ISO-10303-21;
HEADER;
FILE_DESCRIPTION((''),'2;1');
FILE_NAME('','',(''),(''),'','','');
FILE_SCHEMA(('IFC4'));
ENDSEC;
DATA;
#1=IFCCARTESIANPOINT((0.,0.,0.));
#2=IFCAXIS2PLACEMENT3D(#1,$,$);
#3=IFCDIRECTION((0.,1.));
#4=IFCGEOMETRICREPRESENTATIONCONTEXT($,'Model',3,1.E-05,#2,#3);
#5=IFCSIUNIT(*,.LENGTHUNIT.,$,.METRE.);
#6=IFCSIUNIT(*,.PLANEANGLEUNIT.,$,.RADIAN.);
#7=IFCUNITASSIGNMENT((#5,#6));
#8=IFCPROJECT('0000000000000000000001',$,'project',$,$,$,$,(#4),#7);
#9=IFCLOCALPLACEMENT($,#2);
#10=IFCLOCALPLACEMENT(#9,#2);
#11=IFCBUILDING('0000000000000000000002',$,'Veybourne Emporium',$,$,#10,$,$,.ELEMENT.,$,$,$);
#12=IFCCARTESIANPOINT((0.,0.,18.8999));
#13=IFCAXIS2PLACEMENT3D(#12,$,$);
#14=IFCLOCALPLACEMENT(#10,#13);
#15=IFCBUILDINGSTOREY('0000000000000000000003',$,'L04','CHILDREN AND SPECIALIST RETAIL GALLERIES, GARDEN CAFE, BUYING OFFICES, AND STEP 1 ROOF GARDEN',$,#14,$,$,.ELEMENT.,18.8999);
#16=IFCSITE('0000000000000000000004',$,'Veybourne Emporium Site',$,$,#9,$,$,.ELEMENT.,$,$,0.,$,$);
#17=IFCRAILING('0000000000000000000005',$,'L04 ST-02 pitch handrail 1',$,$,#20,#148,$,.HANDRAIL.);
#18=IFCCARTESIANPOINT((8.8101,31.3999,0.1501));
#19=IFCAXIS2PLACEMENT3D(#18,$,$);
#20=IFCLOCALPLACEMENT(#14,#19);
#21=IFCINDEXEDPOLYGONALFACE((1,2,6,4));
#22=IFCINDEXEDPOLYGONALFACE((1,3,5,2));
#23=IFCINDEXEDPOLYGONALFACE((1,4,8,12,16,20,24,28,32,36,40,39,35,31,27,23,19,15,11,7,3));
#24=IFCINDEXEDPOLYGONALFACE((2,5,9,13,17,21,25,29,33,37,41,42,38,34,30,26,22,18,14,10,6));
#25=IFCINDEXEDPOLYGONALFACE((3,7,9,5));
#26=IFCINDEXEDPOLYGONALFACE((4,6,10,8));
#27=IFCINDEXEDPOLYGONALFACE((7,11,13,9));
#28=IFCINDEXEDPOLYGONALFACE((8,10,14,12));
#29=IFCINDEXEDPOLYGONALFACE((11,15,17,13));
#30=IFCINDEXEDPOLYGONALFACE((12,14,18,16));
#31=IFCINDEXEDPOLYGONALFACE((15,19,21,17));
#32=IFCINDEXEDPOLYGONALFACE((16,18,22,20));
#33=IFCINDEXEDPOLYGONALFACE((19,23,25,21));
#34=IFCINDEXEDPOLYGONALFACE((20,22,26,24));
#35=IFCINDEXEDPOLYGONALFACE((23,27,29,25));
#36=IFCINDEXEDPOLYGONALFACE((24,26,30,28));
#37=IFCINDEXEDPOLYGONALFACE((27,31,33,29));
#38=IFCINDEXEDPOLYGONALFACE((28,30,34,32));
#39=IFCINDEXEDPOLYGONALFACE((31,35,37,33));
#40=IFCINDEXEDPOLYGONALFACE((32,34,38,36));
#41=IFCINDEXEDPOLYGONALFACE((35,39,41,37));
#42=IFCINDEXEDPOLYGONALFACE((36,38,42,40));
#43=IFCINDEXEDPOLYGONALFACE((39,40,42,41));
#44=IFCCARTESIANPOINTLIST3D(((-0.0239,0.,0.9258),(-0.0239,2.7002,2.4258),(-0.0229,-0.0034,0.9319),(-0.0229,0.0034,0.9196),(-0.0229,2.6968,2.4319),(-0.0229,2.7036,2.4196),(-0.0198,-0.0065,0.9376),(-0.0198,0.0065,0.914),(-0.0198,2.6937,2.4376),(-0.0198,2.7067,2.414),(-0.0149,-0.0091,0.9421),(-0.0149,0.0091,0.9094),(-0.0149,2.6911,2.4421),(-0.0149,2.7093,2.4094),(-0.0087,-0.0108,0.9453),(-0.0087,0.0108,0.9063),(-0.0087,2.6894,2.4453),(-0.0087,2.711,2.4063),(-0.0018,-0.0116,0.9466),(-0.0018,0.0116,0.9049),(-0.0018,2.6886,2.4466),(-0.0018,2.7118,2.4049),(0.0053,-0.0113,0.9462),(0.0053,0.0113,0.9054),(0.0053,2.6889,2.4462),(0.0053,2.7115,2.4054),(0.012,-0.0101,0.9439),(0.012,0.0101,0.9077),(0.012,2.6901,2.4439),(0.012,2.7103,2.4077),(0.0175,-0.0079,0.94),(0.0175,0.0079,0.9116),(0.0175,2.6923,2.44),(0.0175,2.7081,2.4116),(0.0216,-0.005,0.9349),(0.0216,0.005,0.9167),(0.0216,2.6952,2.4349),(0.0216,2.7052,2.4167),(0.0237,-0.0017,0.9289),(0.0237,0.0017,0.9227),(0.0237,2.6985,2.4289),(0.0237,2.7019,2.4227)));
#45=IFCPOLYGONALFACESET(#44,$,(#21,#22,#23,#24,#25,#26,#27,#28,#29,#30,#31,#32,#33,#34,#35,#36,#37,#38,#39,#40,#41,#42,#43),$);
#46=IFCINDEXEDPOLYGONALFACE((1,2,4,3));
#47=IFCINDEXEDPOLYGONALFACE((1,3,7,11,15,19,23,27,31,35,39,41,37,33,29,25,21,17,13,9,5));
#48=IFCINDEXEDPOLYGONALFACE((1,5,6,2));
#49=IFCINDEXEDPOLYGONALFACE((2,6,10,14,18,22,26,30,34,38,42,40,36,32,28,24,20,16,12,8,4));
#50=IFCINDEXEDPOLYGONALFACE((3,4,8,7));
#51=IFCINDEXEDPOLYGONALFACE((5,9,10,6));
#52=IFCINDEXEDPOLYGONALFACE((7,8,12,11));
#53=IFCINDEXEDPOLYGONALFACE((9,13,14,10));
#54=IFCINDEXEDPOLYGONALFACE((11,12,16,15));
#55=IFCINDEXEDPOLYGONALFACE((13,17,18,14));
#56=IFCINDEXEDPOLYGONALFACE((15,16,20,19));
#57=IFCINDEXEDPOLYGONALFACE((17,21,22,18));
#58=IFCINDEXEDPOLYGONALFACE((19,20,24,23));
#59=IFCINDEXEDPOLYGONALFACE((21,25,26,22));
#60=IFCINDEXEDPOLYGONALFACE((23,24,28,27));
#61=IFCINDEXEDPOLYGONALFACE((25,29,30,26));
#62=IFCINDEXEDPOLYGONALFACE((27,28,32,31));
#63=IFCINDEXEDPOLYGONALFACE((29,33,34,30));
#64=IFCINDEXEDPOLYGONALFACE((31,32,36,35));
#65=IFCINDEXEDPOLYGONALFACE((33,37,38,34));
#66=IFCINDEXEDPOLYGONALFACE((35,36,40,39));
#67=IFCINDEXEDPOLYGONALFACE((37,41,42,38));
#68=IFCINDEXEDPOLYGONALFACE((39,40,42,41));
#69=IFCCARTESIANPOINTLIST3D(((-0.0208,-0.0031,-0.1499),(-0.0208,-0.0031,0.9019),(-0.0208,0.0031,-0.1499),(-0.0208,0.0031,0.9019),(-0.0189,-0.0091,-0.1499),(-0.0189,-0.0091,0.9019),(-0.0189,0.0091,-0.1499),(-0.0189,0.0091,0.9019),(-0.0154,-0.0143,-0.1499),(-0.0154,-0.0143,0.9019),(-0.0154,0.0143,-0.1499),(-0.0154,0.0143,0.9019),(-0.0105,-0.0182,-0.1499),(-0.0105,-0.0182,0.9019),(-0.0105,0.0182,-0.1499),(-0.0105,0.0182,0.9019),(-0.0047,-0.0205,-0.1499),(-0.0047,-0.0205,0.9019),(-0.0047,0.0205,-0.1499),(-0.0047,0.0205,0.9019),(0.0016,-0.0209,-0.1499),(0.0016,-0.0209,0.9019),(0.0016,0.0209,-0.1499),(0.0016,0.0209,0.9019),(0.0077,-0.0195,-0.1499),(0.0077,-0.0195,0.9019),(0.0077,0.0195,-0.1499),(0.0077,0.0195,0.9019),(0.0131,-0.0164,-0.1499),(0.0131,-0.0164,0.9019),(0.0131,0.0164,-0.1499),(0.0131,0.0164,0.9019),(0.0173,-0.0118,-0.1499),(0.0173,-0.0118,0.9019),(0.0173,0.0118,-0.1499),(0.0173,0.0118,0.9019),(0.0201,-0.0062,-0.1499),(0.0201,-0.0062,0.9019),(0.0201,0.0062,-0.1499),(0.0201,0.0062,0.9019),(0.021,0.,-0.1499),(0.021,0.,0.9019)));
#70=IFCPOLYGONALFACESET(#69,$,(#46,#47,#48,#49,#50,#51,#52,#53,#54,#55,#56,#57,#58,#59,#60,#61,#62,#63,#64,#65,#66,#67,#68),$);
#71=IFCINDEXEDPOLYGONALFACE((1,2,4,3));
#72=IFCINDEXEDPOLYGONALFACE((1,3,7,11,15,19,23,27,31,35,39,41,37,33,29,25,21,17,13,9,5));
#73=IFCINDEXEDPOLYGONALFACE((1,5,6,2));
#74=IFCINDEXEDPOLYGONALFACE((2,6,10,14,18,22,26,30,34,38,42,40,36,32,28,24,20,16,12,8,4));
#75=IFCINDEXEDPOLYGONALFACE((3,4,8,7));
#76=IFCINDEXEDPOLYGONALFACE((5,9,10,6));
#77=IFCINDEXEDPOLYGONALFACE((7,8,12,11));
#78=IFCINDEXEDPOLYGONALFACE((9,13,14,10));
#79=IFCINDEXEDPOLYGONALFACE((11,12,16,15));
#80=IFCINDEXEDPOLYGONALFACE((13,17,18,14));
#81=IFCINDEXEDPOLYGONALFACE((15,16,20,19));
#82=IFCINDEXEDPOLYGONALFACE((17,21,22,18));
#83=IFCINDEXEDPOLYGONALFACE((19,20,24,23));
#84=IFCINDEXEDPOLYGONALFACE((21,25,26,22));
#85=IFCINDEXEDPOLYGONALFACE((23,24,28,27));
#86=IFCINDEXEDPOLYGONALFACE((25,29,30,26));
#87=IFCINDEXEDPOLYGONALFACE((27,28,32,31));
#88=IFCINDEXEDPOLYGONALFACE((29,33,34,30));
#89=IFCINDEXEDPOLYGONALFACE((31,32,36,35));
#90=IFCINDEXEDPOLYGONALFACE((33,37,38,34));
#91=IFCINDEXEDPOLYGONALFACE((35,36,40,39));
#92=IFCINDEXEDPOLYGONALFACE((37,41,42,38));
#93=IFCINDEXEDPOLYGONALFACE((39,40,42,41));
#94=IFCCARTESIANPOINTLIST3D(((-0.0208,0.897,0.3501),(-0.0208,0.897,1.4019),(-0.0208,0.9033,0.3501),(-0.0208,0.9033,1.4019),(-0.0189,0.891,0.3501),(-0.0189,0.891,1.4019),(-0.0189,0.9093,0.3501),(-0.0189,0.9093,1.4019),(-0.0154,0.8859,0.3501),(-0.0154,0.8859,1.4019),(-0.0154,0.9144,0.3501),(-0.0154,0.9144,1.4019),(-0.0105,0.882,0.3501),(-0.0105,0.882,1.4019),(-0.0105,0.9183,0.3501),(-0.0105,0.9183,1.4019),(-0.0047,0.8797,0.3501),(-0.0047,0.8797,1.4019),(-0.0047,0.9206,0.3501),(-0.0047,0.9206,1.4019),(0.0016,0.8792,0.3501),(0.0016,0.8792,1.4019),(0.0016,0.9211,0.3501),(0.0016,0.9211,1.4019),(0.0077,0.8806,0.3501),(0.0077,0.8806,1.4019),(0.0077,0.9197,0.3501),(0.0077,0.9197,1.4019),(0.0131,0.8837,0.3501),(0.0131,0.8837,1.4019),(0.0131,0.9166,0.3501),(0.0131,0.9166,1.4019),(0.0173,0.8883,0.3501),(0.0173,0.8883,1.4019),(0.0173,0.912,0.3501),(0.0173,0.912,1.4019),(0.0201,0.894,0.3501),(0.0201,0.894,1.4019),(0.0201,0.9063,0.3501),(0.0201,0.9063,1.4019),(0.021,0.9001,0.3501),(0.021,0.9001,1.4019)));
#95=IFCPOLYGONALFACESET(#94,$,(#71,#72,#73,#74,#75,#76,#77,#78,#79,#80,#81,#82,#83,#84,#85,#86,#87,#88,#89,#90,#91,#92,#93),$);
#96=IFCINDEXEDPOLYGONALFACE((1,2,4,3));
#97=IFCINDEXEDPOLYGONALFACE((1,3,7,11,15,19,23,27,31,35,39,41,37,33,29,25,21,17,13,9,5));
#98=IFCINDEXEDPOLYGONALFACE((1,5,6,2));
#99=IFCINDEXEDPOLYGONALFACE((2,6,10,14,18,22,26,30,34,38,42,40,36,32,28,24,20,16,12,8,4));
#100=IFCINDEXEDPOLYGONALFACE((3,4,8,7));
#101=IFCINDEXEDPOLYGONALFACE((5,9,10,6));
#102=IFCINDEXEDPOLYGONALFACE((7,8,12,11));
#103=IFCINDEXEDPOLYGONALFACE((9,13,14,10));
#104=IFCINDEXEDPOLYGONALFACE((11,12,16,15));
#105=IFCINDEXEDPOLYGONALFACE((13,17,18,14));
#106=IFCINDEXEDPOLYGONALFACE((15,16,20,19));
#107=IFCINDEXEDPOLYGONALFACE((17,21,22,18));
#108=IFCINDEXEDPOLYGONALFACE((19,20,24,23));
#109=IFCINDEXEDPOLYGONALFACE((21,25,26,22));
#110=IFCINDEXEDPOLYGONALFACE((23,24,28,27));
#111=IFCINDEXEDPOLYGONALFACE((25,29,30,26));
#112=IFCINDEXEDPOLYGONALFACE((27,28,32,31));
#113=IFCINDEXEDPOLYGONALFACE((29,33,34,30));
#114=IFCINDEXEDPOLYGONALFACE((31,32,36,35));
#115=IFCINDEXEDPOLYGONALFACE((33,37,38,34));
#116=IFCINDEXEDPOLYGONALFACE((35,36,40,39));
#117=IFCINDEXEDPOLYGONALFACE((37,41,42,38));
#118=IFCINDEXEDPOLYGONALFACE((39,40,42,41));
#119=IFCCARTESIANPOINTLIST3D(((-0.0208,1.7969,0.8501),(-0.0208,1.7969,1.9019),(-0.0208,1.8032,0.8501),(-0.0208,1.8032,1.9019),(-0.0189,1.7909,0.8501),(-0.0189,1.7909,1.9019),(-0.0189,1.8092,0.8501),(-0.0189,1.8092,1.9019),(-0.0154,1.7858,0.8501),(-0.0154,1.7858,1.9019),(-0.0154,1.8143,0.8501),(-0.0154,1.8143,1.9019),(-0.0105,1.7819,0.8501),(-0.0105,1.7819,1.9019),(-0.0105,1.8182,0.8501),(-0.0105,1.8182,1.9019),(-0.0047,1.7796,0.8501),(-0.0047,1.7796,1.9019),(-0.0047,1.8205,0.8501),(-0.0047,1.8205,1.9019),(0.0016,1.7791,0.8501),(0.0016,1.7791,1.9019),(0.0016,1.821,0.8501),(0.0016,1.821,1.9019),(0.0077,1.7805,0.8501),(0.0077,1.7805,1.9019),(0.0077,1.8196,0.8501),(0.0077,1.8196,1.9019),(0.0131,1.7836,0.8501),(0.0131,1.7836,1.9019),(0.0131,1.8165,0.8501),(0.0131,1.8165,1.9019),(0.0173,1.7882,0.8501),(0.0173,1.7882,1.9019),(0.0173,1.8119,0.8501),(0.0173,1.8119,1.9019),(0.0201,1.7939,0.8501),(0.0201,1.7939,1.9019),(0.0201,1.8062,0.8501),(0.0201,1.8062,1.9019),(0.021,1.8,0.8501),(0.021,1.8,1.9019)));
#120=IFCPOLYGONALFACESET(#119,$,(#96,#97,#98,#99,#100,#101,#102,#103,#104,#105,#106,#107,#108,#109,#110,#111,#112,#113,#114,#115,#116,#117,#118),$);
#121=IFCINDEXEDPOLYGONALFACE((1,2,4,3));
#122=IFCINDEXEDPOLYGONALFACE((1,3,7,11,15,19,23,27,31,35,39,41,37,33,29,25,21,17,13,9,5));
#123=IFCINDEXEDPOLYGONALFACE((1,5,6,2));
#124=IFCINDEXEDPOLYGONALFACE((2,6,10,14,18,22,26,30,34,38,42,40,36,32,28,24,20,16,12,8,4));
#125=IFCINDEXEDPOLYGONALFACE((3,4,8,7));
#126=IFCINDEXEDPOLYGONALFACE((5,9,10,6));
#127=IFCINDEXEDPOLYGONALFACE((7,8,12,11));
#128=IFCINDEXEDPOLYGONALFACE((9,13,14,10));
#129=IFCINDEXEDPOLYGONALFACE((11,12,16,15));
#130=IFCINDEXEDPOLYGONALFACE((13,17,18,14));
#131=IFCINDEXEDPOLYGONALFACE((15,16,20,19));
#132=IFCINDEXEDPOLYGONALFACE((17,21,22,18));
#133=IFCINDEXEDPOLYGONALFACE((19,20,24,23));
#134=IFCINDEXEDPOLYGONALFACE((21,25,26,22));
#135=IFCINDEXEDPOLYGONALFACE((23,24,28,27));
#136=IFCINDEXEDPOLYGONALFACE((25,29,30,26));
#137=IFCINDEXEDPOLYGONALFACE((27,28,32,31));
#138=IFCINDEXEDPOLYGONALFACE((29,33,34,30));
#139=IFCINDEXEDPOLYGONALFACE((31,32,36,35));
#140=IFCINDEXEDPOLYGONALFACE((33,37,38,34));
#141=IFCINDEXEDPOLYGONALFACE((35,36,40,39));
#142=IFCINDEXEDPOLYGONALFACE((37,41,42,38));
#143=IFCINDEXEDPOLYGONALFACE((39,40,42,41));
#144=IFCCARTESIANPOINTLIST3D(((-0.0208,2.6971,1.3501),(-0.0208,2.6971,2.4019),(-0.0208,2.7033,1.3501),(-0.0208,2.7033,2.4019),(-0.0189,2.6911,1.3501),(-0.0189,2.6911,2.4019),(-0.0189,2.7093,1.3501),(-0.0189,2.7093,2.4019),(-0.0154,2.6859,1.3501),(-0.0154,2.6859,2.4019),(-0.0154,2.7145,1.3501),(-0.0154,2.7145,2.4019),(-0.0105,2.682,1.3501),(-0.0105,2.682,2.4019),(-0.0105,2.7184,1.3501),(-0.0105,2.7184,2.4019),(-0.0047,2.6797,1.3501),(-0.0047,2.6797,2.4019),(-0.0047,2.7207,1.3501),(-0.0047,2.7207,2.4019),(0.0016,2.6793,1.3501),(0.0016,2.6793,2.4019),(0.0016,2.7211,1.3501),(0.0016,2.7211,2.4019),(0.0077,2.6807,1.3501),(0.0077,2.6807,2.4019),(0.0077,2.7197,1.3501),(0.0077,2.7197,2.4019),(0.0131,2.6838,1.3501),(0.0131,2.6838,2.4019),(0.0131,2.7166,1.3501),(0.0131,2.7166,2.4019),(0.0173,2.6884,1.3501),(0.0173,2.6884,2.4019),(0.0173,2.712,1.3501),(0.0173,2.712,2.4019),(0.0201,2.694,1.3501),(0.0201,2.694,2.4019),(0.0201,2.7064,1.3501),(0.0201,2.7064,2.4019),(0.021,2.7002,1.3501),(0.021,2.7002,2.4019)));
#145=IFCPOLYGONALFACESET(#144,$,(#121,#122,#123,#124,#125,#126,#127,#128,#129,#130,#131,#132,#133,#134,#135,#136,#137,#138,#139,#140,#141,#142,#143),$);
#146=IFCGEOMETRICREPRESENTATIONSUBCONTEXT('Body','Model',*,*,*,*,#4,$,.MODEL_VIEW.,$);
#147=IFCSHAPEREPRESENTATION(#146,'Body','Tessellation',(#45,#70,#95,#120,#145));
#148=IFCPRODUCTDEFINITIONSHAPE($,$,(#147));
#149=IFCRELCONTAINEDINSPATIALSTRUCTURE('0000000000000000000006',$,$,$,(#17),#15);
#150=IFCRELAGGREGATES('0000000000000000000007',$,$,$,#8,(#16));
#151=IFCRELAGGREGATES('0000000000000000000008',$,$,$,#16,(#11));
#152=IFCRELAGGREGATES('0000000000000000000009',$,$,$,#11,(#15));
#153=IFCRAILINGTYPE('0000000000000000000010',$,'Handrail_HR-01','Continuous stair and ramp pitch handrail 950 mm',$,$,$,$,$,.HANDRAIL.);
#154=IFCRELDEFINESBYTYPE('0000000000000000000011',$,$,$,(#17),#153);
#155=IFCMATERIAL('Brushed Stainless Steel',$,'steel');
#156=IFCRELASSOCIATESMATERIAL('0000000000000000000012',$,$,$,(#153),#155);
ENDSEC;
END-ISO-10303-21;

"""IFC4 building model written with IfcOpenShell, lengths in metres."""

from ifc_helpers import new_model, si_unit, direction, frame, origin, origin_2d, place, context, subcontext, project, spatial, circle, extrude, material, type_object, element, save


model = new_model("IFC4")

# Units and contexts
model_context = context("Model", 3, precision=1e-05, world=origin(), true_north=direction((0.0, 1.0)))
body_context = subcontext(model_context, "Body", "Model", "MODEL_VIEW")
ifc_project = project(units=[si_unit("LENGTHUNIT", "METRE"), si_unit("PLANEANGLEUNIT", "RADIAN")], contexts=[model_context])

# Site, building, storey
site_placement = place(None, origin())
site = spatial("IfcSite", under=ifc_project, at=site_placement, Name="Veybourne Emporium Site", CompositionType="ELEMENT", RefElevation=0.0)
building_placement = place(site_placement, origin())
building = spatial("IfcBuilding", under=site, at=building_placement, Name="Veybourne Emporium", CompositionType="ELEMENT")
storey_placement = place(building_placement, frame((0.0, 0.0, 18.8999)))
storey = spatial("IfcBuildingStorey", under=building, at=storey_placement, Name="L04", Description="CHILDREN AND SPECIALIST RETAIL GALLERIES, GARDEN CAFE, BUYING OFFICES, AND STEP 1 ROOF GARDEN", CompositionType="ELEMENT", Elevation=18.8999)

# Railing
ifc_material_1 = material(Name="Brushed Stainless Steel", Category="steel")
railing_type = type_object("IfcRailingType", Name="Handrail_HR-01", Description="Continuous stair and ramp pitch handrail 950 mm", PredefinedType="HANDRAIL", material=ifc_material_1)
railing_placement = place(storey_placement, frame((8.8101, 31.3999, 0.1501)))
element("IfcRailing", 1, at=railing_placement, inside=storey, type_object=railing_type, Name="L04 ST-02 pitch handrail 1", PredefinedType="HANDRAIL", context=body_context, shape_type="SweptSolid", body=[
    extrude(circle(Radius=0.0239, at=origin_2d()), frame((0.0, 0.0, 0.9258), z_axis=(0.0, 0.874172, 0.485616), x_axis=(-1.0, 0.0, 0.0)), (0.0, 0.0, 1.0), 3.0889),
    extrude(circle(Radius=0.021, at=origin_2d()), frame((0.0, 0.0, -0.1499)), (0.0, 0.0, 1.0), 1.0518),
    extrude(circle(Radius=0.021, at=origin_2d()), frame((0.0, 0.9001, 0.3501)), (0.0, 0.0, 1.0), 1.0518),
    extrude(circle(Radius=0.021, at=origin_2d()), frame((0.0, 1.8, 0.8501)), (0.0, 0.0, 1.0), 1.0518),
    extrude(circle(Radius=0.021, at=origin_2d()), frame((0.0, 2.7002, 1.3501)), (0.0, 0.0, 1.0), 1.0518),
])

save(model, "model.ifc")
